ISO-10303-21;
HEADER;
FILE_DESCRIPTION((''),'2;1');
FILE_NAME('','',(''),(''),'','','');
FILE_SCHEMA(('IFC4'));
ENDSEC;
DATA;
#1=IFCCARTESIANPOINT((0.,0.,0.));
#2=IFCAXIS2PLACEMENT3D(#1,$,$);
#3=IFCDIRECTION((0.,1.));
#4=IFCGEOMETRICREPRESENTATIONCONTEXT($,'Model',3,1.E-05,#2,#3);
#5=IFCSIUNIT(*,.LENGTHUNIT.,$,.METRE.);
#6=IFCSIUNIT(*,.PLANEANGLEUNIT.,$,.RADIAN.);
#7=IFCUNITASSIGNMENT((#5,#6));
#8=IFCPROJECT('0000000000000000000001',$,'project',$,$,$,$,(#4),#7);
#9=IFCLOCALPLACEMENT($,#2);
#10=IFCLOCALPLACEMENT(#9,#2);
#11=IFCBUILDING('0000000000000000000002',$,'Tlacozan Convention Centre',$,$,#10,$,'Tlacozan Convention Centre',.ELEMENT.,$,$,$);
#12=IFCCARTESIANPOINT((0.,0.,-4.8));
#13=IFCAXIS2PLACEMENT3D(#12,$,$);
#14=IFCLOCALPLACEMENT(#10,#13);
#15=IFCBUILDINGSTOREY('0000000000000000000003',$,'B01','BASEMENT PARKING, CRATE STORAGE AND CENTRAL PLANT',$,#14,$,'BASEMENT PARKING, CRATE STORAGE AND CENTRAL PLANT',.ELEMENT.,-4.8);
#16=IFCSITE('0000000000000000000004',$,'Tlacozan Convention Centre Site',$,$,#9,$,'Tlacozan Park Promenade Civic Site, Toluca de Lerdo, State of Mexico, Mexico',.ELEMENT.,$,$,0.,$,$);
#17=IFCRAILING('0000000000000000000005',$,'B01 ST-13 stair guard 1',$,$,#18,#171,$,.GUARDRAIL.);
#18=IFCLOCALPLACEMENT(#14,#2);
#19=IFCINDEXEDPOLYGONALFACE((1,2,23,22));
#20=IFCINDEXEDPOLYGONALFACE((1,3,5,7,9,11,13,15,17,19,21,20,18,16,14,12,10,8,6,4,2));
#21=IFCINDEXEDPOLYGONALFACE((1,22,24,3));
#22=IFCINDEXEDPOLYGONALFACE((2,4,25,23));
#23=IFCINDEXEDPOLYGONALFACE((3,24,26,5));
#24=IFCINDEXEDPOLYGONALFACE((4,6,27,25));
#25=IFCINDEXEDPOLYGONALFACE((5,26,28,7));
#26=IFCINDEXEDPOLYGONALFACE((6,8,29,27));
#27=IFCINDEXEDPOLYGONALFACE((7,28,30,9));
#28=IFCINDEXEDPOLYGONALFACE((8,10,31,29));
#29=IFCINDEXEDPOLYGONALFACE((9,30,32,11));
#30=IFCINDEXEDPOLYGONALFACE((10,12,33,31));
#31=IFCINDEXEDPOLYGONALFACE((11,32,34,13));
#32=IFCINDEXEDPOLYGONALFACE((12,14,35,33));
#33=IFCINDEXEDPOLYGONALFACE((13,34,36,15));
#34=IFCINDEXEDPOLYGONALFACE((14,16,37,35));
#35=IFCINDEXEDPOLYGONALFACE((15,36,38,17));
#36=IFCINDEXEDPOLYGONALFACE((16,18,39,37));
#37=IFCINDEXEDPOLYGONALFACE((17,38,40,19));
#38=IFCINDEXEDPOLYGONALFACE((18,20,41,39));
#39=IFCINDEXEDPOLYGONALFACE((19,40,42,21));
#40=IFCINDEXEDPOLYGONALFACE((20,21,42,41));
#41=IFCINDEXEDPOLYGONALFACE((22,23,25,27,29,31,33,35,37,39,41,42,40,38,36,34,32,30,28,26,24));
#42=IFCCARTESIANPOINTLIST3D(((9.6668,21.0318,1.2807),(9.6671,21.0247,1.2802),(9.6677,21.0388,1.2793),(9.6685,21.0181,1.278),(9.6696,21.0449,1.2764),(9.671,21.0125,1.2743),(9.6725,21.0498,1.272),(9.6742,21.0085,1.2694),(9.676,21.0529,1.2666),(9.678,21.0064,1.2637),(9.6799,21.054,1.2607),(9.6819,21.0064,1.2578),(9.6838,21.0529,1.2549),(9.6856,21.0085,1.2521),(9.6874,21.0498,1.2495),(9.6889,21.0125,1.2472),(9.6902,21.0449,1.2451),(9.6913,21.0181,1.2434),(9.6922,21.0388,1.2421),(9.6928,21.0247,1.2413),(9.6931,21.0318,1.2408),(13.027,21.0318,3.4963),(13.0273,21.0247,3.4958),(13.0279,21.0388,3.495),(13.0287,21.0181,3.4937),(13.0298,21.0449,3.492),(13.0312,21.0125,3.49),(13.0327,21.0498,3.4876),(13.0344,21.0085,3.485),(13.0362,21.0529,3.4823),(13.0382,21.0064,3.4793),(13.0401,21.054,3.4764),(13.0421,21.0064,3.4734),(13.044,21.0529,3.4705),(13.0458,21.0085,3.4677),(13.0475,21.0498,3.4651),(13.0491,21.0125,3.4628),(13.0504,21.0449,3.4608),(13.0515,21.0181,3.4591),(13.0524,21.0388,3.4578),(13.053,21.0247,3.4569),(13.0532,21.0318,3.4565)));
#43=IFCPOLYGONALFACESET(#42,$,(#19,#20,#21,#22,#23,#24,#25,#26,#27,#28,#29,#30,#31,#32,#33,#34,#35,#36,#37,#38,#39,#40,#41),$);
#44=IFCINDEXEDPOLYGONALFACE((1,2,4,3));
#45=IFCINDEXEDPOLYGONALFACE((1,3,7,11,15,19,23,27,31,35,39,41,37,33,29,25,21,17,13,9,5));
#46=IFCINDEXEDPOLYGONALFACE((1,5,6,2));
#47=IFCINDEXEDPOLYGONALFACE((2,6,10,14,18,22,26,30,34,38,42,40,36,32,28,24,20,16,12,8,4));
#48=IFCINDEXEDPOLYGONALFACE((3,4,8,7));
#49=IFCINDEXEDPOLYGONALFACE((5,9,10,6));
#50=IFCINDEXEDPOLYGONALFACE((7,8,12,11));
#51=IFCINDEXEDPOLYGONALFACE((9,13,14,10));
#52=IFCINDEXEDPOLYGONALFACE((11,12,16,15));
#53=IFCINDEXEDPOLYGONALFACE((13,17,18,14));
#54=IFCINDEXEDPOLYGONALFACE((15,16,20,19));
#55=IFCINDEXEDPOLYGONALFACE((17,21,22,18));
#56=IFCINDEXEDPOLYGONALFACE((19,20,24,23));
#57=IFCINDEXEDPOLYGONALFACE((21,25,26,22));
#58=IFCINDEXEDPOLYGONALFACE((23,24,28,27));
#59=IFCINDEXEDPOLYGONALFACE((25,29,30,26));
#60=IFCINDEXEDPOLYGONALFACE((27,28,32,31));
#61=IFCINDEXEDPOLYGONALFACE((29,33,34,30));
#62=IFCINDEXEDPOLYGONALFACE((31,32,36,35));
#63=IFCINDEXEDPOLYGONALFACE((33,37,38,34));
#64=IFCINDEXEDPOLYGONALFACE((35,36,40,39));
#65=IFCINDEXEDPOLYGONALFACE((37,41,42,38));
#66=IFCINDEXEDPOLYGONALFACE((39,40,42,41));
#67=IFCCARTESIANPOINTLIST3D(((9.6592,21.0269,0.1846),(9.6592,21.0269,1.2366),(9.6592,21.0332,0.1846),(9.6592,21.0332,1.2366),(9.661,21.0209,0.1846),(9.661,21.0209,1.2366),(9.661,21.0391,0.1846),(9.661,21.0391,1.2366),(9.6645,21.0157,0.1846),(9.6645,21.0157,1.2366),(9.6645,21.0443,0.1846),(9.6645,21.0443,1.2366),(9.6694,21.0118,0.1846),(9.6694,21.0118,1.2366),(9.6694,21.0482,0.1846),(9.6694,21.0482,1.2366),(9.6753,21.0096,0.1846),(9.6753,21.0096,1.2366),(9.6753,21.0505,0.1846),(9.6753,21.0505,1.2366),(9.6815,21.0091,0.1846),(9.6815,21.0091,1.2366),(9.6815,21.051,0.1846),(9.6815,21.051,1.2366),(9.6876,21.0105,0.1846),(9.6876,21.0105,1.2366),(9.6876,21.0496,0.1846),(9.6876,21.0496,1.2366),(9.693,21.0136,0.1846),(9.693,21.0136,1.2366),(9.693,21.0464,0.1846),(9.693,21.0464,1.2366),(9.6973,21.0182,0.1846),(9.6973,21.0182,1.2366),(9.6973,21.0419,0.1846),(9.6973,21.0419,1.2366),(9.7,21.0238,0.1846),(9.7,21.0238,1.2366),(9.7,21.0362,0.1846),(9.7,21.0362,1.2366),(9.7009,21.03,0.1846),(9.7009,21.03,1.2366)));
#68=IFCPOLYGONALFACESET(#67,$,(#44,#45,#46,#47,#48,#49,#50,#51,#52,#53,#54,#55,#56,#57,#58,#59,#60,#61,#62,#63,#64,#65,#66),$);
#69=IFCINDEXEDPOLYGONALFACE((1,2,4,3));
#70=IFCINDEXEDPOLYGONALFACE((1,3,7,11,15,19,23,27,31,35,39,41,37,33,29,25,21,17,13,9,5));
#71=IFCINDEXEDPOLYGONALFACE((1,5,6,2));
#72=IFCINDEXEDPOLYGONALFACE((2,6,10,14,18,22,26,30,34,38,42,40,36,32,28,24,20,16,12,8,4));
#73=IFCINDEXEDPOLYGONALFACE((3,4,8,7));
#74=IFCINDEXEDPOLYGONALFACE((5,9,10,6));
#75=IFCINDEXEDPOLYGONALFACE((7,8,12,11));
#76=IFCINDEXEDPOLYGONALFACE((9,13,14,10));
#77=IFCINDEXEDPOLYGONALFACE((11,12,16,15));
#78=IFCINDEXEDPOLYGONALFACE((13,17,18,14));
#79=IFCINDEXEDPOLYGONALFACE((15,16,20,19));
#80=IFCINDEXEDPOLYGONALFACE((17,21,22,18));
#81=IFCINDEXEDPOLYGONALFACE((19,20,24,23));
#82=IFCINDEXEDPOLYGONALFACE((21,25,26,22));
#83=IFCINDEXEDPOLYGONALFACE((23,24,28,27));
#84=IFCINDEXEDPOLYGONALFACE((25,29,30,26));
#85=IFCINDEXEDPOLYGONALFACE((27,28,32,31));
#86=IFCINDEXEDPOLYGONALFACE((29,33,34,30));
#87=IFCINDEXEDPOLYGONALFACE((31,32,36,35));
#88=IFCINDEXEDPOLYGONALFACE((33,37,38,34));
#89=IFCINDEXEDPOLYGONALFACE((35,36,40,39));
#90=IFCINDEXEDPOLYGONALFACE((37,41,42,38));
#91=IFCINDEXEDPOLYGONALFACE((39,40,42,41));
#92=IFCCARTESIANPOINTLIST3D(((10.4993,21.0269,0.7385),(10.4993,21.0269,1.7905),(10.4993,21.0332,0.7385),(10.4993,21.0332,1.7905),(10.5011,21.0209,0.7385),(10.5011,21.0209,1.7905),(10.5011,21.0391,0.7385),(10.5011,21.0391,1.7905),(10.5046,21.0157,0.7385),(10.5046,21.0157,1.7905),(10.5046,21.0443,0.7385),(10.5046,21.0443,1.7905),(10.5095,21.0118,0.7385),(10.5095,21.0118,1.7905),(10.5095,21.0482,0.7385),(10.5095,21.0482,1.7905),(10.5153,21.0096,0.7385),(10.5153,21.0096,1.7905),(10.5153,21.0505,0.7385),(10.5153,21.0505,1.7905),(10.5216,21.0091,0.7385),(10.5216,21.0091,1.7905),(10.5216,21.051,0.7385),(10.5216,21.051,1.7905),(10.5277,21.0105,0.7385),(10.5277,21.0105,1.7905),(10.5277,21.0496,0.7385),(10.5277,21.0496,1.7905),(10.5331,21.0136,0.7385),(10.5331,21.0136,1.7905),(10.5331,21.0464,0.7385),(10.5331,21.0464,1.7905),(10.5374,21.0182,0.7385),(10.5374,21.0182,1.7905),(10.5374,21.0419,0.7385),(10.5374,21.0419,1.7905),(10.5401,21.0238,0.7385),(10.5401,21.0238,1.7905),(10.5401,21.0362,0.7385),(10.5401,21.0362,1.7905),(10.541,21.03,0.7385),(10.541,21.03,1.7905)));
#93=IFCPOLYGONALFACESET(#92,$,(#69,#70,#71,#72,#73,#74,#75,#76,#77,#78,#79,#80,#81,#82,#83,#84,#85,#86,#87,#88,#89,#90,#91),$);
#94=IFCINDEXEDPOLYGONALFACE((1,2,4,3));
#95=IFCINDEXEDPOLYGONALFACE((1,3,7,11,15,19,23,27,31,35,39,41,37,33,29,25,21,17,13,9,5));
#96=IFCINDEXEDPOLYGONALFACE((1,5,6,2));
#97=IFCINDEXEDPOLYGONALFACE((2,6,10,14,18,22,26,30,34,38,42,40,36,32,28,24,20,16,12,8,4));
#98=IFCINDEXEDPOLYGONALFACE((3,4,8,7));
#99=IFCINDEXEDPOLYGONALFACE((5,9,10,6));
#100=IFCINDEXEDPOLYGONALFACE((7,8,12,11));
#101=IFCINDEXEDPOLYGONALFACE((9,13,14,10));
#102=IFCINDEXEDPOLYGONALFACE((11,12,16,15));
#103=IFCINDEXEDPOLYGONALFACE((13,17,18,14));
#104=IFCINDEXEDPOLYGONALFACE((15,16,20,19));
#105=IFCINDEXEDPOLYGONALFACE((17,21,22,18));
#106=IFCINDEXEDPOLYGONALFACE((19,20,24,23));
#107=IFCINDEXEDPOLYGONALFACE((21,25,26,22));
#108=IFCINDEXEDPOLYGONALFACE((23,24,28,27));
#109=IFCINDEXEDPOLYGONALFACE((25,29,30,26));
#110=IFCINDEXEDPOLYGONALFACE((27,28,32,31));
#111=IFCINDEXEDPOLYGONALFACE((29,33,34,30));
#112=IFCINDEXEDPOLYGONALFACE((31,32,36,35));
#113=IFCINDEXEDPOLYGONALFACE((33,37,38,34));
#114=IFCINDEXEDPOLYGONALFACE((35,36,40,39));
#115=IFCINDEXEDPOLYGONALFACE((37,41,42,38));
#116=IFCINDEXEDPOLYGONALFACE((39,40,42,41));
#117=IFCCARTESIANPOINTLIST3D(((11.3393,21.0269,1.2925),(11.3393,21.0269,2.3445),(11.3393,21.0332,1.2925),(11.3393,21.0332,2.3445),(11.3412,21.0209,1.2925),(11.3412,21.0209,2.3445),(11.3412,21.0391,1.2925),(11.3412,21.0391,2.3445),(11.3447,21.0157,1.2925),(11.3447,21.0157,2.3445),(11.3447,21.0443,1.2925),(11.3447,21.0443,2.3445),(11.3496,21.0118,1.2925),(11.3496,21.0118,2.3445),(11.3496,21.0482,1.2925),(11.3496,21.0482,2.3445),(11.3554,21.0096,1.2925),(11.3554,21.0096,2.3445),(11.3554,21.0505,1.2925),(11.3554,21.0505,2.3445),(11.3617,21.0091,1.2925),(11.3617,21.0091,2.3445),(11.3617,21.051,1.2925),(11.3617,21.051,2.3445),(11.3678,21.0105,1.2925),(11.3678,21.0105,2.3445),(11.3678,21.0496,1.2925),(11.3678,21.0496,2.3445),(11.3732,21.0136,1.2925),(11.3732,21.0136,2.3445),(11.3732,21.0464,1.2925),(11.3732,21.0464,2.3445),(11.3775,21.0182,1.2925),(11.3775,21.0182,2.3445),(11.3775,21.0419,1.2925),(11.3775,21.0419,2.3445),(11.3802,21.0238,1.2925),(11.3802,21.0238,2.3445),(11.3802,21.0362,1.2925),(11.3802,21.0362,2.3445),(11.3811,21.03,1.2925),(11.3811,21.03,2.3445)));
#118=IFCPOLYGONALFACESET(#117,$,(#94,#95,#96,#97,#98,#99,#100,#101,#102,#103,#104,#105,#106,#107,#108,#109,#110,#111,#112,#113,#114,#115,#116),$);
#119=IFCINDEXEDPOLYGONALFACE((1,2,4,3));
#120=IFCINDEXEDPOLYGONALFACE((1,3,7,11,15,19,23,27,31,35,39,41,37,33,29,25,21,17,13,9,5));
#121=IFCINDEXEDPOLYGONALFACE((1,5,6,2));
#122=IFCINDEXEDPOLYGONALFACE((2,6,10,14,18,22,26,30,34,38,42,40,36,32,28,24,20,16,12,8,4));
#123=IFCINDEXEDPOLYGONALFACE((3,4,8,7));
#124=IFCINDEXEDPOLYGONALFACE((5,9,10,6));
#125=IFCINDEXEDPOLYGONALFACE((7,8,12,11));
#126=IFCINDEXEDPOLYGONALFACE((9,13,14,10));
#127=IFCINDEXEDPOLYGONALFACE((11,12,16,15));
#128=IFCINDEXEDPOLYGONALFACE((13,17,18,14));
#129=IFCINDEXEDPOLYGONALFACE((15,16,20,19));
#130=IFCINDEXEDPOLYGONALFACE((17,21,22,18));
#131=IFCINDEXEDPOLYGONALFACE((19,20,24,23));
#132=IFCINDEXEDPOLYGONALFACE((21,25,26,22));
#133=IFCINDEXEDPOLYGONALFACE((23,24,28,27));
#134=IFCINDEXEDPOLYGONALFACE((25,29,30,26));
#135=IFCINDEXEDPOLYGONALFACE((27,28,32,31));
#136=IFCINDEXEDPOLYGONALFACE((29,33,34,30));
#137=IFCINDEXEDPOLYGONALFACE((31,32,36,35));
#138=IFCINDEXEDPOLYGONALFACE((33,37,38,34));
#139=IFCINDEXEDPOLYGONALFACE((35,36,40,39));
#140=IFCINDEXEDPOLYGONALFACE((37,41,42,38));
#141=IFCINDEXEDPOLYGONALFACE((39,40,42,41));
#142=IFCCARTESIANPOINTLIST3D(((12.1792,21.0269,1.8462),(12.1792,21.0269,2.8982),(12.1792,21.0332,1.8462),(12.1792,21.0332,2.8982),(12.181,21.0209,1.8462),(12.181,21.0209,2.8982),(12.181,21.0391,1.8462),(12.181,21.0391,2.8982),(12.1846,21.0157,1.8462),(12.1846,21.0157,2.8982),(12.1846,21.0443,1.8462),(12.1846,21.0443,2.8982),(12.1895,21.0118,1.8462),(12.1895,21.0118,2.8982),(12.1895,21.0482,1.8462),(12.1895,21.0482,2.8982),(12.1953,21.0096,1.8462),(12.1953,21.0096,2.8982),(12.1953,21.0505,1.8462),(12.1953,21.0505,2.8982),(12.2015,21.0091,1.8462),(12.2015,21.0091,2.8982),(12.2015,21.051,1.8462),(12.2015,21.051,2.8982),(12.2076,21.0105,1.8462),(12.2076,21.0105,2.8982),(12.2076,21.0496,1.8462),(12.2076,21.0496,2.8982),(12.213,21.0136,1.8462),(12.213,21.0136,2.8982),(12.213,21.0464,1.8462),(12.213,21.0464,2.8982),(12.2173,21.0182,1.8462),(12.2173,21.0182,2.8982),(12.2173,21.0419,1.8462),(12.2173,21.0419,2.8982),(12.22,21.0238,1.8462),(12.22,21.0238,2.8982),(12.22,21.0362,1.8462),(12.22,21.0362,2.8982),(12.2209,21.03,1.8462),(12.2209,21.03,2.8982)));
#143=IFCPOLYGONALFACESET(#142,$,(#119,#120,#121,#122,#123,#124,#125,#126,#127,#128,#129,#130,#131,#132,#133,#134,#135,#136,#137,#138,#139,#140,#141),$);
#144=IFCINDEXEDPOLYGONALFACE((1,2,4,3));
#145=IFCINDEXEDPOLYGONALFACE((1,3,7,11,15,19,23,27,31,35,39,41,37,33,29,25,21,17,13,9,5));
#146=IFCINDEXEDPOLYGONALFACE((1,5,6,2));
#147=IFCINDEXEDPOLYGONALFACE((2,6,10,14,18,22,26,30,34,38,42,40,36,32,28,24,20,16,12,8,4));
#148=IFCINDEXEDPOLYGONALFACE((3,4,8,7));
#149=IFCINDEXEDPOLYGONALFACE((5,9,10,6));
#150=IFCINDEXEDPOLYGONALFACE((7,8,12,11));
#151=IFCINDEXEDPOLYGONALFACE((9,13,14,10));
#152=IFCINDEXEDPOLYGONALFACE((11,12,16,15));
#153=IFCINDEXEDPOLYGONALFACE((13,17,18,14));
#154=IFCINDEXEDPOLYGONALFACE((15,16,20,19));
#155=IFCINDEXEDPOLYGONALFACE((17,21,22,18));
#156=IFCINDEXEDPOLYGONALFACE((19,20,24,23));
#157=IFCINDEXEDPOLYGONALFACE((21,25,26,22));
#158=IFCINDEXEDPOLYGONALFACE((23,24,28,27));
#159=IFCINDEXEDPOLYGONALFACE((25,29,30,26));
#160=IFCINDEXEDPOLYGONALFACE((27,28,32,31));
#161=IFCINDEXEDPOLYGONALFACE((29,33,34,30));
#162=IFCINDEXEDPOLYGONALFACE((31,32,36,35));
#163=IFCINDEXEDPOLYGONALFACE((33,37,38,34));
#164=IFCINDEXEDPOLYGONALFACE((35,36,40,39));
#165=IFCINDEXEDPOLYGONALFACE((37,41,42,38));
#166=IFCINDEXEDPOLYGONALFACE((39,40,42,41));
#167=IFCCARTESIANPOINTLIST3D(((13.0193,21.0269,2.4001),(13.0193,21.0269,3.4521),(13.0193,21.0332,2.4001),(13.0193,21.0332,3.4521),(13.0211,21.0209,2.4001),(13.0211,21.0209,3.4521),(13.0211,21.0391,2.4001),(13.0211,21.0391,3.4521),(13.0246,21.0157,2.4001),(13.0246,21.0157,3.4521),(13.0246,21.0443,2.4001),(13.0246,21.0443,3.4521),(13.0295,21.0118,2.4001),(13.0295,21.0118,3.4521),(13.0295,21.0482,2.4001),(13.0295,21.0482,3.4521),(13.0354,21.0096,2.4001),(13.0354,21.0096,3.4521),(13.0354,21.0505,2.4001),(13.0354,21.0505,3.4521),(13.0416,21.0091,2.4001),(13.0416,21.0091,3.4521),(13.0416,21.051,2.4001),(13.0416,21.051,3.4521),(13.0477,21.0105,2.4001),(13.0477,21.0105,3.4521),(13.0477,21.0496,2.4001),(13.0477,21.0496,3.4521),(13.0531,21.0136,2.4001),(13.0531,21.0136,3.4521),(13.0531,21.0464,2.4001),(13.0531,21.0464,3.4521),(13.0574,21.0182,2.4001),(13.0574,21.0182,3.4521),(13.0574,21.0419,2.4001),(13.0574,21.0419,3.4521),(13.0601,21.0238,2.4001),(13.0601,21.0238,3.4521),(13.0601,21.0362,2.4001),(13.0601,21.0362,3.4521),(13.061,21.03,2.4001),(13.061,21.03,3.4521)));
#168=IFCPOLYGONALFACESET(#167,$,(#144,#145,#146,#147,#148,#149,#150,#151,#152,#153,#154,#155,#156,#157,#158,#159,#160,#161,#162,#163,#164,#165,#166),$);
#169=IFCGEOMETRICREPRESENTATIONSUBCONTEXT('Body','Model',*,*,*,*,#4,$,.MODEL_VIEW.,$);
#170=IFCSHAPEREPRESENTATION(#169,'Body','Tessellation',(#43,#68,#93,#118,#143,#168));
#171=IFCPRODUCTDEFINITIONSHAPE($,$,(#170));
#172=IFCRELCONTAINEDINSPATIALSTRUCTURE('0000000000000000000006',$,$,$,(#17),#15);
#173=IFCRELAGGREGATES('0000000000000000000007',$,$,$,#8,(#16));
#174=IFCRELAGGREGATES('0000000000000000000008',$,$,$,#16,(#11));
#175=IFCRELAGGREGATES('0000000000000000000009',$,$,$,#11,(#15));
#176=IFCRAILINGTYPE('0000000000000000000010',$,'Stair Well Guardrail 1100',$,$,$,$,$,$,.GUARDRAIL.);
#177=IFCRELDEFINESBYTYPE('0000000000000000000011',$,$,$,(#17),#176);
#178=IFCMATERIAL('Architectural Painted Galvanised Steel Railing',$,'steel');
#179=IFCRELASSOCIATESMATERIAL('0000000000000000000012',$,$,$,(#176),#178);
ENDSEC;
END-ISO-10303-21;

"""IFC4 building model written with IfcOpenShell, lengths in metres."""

from ifc_helpers import new_model, si_unit, direction, frame, origin, origin_2d, place, context, subcontext, project, spatial, circle, extrude, material, type_object, element, save


model = new_model("IFC4")

# Units and contexts
model_context = context("Model", 3, precision=1e-05, world=origin(), true_north=direction((0.0, 1.0)))
body_context = subcontext(model_context, "Body", "Model", "MODEL_VIEW")
ifc_project = project(units=[si_unit("LENGTHUNIT", "METRE"), si_unit("PLANEANGLEUNIT", "RADIAN")], contexts=[model_context])

# Site, building, storey
site_placement = place(None, origin())
site = spatial("IfcSite", under=ifc_project, at=site_placement, Name="Tlacozan Convention Centre Site", LongName="Tlacozan Park Promenade Civic Site, Toluca de Lerdo, State of Mexico, Mexico", CompositionType="ELEMENT", RefElevation=0.0)
building_placement = place(site_placement, origin())
building = spatial("IfcBuilding", under=site, at=building_placement, Name="Tlacozan Convention Centre", LongName="Tlacozan Convention Centre", CompositionType="ELEMENT")
storey_placement = place(building_placement, frame((0.0, 0.0, -4.8)))
storey = spatial("IfcBuildingStorey", under=building, at=storey_placement, Name="B01", Description="BASEMENT PARKING, CRATE STORAGE AND CENTRAL PLANT", LongName="BASEMENT PARKING, CRATE STORAGE AND CENTRAL PLANT", CompositionType="ELEMENT", Elevation=-4.8)

# Railing
ifc_material_1 = material(Name="Architectural Painted Galvanised Steel Railing", Category="steel")
railing_type_1 = type_object("IfcRailingType", Name="Stair Well Guardrail 1100", PredefinedType="GUARDRAIL", material=ifc_material_1)
railing_1_placement = place(storey_placement, frame((9.6799, 21.03, 0.1846)))
element("IfcRailing", 1, at=railing_1_placement, inside=storey, type_object=railing_type_1, Name="B01 ST-13 stair guard 1", PredefinedType="GUARDRAIL", context=body_context, shape_type="SweptSolid", body=[
    extrude(circle(Radius=0.0239, at=origin_2d()), frame((0.0, 0.0, 1.0762), z_axis=(0.834849, 0.0, 0.55048), x_axis=(0.0, 1.0, 0.0)), (0.0, 0.0, 1.0), 4.0249),
    extrude(circle(Radius=0.021, at=origin_2d()), origin(), (0.0, 0.0, 1.0), 1.052),
    extrude(circle(Radius=0.021, at=origin_2d()), frame((0.8401, 0.0, 0.554)), (0.0, 0.0, 1.0), 1.052),
    extrude(circle(Radius=0.021, at=origin_2d()), frame((1.6802, 0.0, 1.1079)), (0.0, 0.0, 1.0), 1.052),
    extrude(circle(Radius=0.021, at=origin_2d()), frame((2.52, 0.0, 1.6616)), (0.0, 0.0, 1.0), 1.052),
    extrude(circle(Radius=0.021, at=origin_2d()), frame((3.3601, 0.0, 2.2156)), (0.0, 0.0, 1.0), 1.052),
])

save(model, "model.ifc")
